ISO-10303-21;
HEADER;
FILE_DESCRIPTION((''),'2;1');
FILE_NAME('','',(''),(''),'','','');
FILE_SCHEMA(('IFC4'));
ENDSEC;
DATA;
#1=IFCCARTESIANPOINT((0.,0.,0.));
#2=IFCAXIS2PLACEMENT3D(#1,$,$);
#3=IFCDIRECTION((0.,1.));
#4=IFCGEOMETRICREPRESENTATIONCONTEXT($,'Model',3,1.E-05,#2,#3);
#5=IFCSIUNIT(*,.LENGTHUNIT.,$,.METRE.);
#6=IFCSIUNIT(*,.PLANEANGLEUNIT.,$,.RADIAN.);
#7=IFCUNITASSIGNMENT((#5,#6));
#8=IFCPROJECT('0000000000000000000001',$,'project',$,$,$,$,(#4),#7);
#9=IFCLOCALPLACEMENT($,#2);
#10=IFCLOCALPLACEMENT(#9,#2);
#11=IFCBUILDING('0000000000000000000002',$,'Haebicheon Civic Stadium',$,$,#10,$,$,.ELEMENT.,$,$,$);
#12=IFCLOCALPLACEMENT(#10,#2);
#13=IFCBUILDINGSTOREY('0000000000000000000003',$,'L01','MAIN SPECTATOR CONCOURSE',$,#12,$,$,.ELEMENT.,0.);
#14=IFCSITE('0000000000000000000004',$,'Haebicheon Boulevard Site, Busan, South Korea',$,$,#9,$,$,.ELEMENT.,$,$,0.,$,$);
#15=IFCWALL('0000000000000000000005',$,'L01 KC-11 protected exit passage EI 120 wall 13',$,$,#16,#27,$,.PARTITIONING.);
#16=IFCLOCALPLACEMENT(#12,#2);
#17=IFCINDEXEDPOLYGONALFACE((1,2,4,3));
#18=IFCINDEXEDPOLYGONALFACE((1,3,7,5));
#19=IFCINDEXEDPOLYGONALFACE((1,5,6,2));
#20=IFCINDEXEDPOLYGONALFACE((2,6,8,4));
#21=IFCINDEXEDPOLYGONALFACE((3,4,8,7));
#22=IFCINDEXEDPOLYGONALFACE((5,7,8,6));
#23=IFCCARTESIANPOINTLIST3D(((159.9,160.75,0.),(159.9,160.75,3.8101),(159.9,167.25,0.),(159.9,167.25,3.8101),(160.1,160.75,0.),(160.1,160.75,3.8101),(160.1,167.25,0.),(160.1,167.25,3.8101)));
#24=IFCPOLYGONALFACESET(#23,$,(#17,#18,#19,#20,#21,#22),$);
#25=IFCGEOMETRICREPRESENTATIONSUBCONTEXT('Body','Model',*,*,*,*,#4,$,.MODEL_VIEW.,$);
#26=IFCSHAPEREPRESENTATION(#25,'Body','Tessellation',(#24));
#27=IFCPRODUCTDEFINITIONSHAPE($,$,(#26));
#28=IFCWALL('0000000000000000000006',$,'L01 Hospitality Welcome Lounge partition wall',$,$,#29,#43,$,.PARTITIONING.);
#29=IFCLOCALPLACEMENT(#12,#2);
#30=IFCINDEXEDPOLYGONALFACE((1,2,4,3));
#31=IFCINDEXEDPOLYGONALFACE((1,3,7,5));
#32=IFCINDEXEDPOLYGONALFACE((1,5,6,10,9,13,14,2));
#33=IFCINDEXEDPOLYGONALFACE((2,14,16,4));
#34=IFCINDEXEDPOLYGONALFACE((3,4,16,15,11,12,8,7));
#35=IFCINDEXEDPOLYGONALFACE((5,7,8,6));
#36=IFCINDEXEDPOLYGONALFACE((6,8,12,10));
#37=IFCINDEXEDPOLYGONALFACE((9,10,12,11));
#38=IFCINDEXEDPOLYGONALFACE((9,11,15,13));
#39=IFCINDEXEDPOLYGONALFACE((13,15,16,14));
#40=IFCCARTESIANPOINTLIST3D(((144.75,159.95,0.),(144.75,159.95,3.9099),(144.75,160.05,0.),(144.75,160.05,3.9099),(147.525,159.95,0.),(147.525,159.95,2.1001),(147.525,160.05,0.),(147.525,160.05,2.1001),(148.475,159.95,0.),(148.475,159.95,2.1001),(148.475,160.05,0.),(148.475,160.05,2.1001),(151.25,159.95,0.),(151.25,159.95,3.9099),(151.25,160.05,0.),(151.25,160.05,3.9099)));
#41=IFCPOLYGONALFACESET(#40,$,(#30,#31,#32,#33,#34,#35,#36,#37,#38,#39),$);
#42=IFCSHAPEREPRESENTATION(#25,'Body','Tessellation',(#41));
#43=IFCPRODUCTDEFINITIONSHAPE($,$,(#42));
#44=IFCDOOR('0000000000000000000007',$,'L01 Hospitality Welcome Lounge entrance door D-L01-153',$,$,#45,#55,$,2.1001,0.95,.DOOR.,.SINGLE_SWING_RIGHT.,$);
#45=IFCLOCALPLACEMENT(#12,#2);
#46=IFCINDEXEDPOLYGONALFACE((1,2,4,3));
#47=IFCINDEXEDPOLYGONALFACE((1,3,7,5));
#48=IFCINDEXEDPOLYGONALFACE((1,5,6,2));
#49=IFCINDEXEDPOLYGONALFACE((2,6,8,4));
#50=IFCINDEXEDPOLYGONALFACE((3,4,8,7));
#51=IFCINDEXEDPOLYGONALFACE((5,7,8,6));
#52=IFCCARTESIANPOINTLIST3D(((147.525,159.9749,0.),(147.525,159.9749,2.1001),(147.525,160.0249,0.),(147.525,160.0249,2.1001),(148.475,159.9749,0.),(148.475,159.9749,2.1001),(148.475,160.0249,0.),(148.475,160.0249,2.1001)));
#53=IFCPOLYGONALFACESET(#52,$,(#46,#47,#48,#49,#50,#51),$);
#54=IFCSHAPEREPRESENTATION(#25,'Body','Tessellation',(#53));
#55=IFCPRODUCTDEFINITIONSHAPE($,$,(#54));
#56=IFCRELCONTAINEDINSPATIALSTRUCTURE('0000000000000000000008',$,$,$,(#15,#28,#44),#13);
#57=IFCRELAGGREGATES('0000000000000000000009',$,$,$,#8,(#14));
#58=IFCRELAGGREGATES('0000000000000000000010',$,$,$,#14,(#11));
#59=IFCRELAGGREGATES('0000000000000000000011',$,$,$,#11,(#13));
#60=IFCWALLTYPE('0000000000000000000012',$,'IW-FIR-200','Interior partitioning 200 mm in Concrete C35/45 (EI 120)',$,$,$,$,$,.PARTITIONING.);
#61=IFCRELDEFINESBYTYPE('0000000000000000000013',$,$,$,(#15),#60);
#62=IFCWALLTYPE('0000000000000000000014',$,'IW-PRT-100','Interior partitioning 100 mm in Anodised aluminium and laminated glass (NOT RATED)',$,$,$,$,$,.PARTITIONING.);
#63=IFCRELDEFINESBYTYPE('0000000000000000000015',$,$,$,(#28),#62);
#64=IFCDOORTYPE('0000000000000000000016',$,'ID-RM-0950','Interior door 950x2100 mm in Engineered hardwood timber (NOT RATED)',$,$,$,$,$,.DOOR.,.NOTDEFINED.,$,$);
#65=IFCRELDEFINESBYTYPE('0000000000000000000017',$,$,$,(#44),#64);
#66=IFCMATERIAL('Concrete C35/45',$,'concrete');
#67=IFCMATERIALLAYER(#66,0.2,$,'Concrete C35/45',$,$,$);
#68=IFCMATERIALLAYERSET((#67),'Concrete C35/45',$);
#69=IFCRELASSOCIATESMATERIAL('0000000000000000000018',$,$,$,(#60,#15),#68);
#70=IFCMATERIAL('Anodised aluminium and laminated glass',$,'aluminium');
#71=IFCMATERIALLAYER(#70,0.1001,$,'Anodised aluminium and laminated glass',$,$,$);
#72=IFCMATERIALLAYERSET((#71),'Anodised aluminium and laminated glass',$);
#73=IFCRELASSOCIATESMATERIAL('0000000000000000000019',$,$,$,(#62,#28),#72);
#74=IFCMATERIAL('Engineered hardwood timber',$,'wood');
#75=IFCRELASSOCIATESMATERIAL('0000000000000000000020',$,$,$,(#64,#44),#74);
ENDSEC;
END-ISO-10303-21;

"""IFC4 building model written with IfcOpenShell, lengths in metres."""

from ifc_helpers import new_model, si_unit, direction, frame, frame_2d, origin, place, context, subcontext, project, spatial, rectangle, extrude, material, layer, layer_set, type_object, element, fill, save


model = new_model("IFC4")

# Units and contexts
model_context = context("Model", 3, precision=1e-05, world=origin(), true_north=direction((0.0, 1.0)))
body_context = subcontext(model_context, "Body", "Model", "MODEL_VIEW")
ifc_project = project(units=[si_unit("LENGTHUNIT", "METRE"), si_unit("PLANEANGLEUNIT", "RADIAN")], contexts=[model_context])

# Site, building, storey
site_placement = place(None, origin())
site = spatial("IfcSite", under=ifc_project, at=site_placement, Name="Haebicheon Boulevard Site, Busan, South Korea", CompositionType="ELEMENT", RefElevation=0.0)
building_placement = place(site_placement, origin())
building = spatial("IfcBuilding", under=site, at=building_placement, Name="Haebicheon Civic Stadium", CompositionType="ELEMENT")
storey_placement = place(building_placement, origin())
storey = spatial("IfcBuildingStorey", under=building, at=storey_placement, Name="L01", Description="MAIN SPECTATOR CONCOURSE", CompositionType="ELEMENT", Elevation=0.0)

# Wall
ifc_material_1 = material(Name="Concrete C35/45", Category="concrete")
ifc_layer_1 = layer(ifc_material_1, 0.2, Name="Concrete C35/45")
ifc_layer_set_1 = layer_set([ifc_layer_1], Name="Concrete C35/45")
wall_type_1 = type_object("IfcWallType", Name="IW-FIR-200", Description="Interior partitioning 200 mm in Concrete C35/45 (EI 120)", PredefinedType="PARTITIONING", material=ifc_layer_set_1)
for number, where, z_axis, x_axis, name in (
    (1, (160.0, 160.75, 0.0), (0.0, 0.0, 1.0), (0.0, 1.0, 0.0), "L01 KC-11 protected exit passage EI 120 wall 13"),
):
    element("IfcWall", number, at=place(storey_placement, frame(where, z_axis=z_axis, x_axis=x_axis)), inside=storey, type_object=wall_type_1, material=ifc_layer_set_1, Name=name, PredefinedType="PARTITIONING", context=body_context, shape_type="SweptSolid", body=[
        extrude(rectangle(XDim=6.5, YDim=0.2, at=frame_2d((3.25, 0.0))), origin(), (0.0, 0.0, 1.0), 3.8101),
    ])

# Wall, opening, door
ifc_material_2 = material(Name="Anodised aluminium and laminated glass", Category="aluminium")
ifc_layer_2 = layer(ifc_material_2, 0.1001, Name="Anodised aluminium and laminated glass")
ifc_layer_set_2 = layer_set([ifc_layer_2], Name="Anodised aluminium and laminated glass")
wall_type_2 = type_object("IfcWallType", Name="IW-PRT-100", Description="Interior partitioning 100 mm in Anodised aluminium and laminated glass (NOT RATED)", PredefinedType="PARTITIONING", material=ifc_layer_set_2)
wall_placement = place(storey_placement, frame((144.75, 160.0, 0.0), z_axis=(0.0, 0.0, 1.0), x_axis=(1.0, 0.0, 0.0)))
wall = element("IfcWall", 2, at=wall_placement, inside=storey, type_object=wall_type_2, material=ifc_layer_set_2, Name="L01 Hospitality Welcome Lounge partition wall", PredefinedType="PARTITIONING", context=body_context, shape_type="SweptSolid", body=[
    extrude(rectangle(XDim=6.5, YDim=0.1001, at=frame_2d((3.25, 0.0))), origin(), (0.0, 0.0, 1.0), 3.9099),
])
opening_placement = place(wall_placement, frame((2.7749, 0.0, 0.0)))
opening = element("IfcOpeningElement", 3, at=opening_placement, cuts=wall, PredefinedType="OPENING", context=body_context, shape_type="SweptSolid", body=[
    extrude(rectangle(XDim=0.95, YDim=2.1001, at=frame_2d((0.4751, 1.05))), frame((0.0, 0.0601, 0.0), z_axis=(0.0, -1.0, 0.0), x_axis=(1.0, 0.0, 0.0)), (0.0, 0.0, 1.0), 0.1201),
])
ifc_material_3 = material(Name="Engineered hardwood timber", Category="wood")
door_type = type_object("IfcDoorType", Name="ID-RM-0950", Description="Interior door 950x2100 mm in Engineered hardwood timber (NOT RATED)", OperationType="NOTDEFINED", PredefinedType="DOOR", material=ifc_material_3)
door_placement = place(opening_placement, origin())
door = element("IfcDoor", 4, at=door_placement, inside=storey, type_object=door_type, material=ifc_material_3, Name="L01 Hospitality Welcome Lounge entrance door D-L01-153", OperationType="SINGLE_SWING_RIGHT", OverallHeight=2.1001, OverallWidth=0.95, PredefinedType="DOOR", context=body_context, shape_type="SweptSolid", body=[
    extrude(rectangle(XDim=0.95, YDim=2.1001, at=frame_2d((0.4751, 1.05))), frame((0.0, 0.0249, 0.0), z_axis=(0.0, -1.0, 0.0), x_axis=(1.0, 0.0, 0.0)), (0.0, 0.0, 1.0), 0.05),
])
fill(opening, door)

save(model, "model.ifc")
